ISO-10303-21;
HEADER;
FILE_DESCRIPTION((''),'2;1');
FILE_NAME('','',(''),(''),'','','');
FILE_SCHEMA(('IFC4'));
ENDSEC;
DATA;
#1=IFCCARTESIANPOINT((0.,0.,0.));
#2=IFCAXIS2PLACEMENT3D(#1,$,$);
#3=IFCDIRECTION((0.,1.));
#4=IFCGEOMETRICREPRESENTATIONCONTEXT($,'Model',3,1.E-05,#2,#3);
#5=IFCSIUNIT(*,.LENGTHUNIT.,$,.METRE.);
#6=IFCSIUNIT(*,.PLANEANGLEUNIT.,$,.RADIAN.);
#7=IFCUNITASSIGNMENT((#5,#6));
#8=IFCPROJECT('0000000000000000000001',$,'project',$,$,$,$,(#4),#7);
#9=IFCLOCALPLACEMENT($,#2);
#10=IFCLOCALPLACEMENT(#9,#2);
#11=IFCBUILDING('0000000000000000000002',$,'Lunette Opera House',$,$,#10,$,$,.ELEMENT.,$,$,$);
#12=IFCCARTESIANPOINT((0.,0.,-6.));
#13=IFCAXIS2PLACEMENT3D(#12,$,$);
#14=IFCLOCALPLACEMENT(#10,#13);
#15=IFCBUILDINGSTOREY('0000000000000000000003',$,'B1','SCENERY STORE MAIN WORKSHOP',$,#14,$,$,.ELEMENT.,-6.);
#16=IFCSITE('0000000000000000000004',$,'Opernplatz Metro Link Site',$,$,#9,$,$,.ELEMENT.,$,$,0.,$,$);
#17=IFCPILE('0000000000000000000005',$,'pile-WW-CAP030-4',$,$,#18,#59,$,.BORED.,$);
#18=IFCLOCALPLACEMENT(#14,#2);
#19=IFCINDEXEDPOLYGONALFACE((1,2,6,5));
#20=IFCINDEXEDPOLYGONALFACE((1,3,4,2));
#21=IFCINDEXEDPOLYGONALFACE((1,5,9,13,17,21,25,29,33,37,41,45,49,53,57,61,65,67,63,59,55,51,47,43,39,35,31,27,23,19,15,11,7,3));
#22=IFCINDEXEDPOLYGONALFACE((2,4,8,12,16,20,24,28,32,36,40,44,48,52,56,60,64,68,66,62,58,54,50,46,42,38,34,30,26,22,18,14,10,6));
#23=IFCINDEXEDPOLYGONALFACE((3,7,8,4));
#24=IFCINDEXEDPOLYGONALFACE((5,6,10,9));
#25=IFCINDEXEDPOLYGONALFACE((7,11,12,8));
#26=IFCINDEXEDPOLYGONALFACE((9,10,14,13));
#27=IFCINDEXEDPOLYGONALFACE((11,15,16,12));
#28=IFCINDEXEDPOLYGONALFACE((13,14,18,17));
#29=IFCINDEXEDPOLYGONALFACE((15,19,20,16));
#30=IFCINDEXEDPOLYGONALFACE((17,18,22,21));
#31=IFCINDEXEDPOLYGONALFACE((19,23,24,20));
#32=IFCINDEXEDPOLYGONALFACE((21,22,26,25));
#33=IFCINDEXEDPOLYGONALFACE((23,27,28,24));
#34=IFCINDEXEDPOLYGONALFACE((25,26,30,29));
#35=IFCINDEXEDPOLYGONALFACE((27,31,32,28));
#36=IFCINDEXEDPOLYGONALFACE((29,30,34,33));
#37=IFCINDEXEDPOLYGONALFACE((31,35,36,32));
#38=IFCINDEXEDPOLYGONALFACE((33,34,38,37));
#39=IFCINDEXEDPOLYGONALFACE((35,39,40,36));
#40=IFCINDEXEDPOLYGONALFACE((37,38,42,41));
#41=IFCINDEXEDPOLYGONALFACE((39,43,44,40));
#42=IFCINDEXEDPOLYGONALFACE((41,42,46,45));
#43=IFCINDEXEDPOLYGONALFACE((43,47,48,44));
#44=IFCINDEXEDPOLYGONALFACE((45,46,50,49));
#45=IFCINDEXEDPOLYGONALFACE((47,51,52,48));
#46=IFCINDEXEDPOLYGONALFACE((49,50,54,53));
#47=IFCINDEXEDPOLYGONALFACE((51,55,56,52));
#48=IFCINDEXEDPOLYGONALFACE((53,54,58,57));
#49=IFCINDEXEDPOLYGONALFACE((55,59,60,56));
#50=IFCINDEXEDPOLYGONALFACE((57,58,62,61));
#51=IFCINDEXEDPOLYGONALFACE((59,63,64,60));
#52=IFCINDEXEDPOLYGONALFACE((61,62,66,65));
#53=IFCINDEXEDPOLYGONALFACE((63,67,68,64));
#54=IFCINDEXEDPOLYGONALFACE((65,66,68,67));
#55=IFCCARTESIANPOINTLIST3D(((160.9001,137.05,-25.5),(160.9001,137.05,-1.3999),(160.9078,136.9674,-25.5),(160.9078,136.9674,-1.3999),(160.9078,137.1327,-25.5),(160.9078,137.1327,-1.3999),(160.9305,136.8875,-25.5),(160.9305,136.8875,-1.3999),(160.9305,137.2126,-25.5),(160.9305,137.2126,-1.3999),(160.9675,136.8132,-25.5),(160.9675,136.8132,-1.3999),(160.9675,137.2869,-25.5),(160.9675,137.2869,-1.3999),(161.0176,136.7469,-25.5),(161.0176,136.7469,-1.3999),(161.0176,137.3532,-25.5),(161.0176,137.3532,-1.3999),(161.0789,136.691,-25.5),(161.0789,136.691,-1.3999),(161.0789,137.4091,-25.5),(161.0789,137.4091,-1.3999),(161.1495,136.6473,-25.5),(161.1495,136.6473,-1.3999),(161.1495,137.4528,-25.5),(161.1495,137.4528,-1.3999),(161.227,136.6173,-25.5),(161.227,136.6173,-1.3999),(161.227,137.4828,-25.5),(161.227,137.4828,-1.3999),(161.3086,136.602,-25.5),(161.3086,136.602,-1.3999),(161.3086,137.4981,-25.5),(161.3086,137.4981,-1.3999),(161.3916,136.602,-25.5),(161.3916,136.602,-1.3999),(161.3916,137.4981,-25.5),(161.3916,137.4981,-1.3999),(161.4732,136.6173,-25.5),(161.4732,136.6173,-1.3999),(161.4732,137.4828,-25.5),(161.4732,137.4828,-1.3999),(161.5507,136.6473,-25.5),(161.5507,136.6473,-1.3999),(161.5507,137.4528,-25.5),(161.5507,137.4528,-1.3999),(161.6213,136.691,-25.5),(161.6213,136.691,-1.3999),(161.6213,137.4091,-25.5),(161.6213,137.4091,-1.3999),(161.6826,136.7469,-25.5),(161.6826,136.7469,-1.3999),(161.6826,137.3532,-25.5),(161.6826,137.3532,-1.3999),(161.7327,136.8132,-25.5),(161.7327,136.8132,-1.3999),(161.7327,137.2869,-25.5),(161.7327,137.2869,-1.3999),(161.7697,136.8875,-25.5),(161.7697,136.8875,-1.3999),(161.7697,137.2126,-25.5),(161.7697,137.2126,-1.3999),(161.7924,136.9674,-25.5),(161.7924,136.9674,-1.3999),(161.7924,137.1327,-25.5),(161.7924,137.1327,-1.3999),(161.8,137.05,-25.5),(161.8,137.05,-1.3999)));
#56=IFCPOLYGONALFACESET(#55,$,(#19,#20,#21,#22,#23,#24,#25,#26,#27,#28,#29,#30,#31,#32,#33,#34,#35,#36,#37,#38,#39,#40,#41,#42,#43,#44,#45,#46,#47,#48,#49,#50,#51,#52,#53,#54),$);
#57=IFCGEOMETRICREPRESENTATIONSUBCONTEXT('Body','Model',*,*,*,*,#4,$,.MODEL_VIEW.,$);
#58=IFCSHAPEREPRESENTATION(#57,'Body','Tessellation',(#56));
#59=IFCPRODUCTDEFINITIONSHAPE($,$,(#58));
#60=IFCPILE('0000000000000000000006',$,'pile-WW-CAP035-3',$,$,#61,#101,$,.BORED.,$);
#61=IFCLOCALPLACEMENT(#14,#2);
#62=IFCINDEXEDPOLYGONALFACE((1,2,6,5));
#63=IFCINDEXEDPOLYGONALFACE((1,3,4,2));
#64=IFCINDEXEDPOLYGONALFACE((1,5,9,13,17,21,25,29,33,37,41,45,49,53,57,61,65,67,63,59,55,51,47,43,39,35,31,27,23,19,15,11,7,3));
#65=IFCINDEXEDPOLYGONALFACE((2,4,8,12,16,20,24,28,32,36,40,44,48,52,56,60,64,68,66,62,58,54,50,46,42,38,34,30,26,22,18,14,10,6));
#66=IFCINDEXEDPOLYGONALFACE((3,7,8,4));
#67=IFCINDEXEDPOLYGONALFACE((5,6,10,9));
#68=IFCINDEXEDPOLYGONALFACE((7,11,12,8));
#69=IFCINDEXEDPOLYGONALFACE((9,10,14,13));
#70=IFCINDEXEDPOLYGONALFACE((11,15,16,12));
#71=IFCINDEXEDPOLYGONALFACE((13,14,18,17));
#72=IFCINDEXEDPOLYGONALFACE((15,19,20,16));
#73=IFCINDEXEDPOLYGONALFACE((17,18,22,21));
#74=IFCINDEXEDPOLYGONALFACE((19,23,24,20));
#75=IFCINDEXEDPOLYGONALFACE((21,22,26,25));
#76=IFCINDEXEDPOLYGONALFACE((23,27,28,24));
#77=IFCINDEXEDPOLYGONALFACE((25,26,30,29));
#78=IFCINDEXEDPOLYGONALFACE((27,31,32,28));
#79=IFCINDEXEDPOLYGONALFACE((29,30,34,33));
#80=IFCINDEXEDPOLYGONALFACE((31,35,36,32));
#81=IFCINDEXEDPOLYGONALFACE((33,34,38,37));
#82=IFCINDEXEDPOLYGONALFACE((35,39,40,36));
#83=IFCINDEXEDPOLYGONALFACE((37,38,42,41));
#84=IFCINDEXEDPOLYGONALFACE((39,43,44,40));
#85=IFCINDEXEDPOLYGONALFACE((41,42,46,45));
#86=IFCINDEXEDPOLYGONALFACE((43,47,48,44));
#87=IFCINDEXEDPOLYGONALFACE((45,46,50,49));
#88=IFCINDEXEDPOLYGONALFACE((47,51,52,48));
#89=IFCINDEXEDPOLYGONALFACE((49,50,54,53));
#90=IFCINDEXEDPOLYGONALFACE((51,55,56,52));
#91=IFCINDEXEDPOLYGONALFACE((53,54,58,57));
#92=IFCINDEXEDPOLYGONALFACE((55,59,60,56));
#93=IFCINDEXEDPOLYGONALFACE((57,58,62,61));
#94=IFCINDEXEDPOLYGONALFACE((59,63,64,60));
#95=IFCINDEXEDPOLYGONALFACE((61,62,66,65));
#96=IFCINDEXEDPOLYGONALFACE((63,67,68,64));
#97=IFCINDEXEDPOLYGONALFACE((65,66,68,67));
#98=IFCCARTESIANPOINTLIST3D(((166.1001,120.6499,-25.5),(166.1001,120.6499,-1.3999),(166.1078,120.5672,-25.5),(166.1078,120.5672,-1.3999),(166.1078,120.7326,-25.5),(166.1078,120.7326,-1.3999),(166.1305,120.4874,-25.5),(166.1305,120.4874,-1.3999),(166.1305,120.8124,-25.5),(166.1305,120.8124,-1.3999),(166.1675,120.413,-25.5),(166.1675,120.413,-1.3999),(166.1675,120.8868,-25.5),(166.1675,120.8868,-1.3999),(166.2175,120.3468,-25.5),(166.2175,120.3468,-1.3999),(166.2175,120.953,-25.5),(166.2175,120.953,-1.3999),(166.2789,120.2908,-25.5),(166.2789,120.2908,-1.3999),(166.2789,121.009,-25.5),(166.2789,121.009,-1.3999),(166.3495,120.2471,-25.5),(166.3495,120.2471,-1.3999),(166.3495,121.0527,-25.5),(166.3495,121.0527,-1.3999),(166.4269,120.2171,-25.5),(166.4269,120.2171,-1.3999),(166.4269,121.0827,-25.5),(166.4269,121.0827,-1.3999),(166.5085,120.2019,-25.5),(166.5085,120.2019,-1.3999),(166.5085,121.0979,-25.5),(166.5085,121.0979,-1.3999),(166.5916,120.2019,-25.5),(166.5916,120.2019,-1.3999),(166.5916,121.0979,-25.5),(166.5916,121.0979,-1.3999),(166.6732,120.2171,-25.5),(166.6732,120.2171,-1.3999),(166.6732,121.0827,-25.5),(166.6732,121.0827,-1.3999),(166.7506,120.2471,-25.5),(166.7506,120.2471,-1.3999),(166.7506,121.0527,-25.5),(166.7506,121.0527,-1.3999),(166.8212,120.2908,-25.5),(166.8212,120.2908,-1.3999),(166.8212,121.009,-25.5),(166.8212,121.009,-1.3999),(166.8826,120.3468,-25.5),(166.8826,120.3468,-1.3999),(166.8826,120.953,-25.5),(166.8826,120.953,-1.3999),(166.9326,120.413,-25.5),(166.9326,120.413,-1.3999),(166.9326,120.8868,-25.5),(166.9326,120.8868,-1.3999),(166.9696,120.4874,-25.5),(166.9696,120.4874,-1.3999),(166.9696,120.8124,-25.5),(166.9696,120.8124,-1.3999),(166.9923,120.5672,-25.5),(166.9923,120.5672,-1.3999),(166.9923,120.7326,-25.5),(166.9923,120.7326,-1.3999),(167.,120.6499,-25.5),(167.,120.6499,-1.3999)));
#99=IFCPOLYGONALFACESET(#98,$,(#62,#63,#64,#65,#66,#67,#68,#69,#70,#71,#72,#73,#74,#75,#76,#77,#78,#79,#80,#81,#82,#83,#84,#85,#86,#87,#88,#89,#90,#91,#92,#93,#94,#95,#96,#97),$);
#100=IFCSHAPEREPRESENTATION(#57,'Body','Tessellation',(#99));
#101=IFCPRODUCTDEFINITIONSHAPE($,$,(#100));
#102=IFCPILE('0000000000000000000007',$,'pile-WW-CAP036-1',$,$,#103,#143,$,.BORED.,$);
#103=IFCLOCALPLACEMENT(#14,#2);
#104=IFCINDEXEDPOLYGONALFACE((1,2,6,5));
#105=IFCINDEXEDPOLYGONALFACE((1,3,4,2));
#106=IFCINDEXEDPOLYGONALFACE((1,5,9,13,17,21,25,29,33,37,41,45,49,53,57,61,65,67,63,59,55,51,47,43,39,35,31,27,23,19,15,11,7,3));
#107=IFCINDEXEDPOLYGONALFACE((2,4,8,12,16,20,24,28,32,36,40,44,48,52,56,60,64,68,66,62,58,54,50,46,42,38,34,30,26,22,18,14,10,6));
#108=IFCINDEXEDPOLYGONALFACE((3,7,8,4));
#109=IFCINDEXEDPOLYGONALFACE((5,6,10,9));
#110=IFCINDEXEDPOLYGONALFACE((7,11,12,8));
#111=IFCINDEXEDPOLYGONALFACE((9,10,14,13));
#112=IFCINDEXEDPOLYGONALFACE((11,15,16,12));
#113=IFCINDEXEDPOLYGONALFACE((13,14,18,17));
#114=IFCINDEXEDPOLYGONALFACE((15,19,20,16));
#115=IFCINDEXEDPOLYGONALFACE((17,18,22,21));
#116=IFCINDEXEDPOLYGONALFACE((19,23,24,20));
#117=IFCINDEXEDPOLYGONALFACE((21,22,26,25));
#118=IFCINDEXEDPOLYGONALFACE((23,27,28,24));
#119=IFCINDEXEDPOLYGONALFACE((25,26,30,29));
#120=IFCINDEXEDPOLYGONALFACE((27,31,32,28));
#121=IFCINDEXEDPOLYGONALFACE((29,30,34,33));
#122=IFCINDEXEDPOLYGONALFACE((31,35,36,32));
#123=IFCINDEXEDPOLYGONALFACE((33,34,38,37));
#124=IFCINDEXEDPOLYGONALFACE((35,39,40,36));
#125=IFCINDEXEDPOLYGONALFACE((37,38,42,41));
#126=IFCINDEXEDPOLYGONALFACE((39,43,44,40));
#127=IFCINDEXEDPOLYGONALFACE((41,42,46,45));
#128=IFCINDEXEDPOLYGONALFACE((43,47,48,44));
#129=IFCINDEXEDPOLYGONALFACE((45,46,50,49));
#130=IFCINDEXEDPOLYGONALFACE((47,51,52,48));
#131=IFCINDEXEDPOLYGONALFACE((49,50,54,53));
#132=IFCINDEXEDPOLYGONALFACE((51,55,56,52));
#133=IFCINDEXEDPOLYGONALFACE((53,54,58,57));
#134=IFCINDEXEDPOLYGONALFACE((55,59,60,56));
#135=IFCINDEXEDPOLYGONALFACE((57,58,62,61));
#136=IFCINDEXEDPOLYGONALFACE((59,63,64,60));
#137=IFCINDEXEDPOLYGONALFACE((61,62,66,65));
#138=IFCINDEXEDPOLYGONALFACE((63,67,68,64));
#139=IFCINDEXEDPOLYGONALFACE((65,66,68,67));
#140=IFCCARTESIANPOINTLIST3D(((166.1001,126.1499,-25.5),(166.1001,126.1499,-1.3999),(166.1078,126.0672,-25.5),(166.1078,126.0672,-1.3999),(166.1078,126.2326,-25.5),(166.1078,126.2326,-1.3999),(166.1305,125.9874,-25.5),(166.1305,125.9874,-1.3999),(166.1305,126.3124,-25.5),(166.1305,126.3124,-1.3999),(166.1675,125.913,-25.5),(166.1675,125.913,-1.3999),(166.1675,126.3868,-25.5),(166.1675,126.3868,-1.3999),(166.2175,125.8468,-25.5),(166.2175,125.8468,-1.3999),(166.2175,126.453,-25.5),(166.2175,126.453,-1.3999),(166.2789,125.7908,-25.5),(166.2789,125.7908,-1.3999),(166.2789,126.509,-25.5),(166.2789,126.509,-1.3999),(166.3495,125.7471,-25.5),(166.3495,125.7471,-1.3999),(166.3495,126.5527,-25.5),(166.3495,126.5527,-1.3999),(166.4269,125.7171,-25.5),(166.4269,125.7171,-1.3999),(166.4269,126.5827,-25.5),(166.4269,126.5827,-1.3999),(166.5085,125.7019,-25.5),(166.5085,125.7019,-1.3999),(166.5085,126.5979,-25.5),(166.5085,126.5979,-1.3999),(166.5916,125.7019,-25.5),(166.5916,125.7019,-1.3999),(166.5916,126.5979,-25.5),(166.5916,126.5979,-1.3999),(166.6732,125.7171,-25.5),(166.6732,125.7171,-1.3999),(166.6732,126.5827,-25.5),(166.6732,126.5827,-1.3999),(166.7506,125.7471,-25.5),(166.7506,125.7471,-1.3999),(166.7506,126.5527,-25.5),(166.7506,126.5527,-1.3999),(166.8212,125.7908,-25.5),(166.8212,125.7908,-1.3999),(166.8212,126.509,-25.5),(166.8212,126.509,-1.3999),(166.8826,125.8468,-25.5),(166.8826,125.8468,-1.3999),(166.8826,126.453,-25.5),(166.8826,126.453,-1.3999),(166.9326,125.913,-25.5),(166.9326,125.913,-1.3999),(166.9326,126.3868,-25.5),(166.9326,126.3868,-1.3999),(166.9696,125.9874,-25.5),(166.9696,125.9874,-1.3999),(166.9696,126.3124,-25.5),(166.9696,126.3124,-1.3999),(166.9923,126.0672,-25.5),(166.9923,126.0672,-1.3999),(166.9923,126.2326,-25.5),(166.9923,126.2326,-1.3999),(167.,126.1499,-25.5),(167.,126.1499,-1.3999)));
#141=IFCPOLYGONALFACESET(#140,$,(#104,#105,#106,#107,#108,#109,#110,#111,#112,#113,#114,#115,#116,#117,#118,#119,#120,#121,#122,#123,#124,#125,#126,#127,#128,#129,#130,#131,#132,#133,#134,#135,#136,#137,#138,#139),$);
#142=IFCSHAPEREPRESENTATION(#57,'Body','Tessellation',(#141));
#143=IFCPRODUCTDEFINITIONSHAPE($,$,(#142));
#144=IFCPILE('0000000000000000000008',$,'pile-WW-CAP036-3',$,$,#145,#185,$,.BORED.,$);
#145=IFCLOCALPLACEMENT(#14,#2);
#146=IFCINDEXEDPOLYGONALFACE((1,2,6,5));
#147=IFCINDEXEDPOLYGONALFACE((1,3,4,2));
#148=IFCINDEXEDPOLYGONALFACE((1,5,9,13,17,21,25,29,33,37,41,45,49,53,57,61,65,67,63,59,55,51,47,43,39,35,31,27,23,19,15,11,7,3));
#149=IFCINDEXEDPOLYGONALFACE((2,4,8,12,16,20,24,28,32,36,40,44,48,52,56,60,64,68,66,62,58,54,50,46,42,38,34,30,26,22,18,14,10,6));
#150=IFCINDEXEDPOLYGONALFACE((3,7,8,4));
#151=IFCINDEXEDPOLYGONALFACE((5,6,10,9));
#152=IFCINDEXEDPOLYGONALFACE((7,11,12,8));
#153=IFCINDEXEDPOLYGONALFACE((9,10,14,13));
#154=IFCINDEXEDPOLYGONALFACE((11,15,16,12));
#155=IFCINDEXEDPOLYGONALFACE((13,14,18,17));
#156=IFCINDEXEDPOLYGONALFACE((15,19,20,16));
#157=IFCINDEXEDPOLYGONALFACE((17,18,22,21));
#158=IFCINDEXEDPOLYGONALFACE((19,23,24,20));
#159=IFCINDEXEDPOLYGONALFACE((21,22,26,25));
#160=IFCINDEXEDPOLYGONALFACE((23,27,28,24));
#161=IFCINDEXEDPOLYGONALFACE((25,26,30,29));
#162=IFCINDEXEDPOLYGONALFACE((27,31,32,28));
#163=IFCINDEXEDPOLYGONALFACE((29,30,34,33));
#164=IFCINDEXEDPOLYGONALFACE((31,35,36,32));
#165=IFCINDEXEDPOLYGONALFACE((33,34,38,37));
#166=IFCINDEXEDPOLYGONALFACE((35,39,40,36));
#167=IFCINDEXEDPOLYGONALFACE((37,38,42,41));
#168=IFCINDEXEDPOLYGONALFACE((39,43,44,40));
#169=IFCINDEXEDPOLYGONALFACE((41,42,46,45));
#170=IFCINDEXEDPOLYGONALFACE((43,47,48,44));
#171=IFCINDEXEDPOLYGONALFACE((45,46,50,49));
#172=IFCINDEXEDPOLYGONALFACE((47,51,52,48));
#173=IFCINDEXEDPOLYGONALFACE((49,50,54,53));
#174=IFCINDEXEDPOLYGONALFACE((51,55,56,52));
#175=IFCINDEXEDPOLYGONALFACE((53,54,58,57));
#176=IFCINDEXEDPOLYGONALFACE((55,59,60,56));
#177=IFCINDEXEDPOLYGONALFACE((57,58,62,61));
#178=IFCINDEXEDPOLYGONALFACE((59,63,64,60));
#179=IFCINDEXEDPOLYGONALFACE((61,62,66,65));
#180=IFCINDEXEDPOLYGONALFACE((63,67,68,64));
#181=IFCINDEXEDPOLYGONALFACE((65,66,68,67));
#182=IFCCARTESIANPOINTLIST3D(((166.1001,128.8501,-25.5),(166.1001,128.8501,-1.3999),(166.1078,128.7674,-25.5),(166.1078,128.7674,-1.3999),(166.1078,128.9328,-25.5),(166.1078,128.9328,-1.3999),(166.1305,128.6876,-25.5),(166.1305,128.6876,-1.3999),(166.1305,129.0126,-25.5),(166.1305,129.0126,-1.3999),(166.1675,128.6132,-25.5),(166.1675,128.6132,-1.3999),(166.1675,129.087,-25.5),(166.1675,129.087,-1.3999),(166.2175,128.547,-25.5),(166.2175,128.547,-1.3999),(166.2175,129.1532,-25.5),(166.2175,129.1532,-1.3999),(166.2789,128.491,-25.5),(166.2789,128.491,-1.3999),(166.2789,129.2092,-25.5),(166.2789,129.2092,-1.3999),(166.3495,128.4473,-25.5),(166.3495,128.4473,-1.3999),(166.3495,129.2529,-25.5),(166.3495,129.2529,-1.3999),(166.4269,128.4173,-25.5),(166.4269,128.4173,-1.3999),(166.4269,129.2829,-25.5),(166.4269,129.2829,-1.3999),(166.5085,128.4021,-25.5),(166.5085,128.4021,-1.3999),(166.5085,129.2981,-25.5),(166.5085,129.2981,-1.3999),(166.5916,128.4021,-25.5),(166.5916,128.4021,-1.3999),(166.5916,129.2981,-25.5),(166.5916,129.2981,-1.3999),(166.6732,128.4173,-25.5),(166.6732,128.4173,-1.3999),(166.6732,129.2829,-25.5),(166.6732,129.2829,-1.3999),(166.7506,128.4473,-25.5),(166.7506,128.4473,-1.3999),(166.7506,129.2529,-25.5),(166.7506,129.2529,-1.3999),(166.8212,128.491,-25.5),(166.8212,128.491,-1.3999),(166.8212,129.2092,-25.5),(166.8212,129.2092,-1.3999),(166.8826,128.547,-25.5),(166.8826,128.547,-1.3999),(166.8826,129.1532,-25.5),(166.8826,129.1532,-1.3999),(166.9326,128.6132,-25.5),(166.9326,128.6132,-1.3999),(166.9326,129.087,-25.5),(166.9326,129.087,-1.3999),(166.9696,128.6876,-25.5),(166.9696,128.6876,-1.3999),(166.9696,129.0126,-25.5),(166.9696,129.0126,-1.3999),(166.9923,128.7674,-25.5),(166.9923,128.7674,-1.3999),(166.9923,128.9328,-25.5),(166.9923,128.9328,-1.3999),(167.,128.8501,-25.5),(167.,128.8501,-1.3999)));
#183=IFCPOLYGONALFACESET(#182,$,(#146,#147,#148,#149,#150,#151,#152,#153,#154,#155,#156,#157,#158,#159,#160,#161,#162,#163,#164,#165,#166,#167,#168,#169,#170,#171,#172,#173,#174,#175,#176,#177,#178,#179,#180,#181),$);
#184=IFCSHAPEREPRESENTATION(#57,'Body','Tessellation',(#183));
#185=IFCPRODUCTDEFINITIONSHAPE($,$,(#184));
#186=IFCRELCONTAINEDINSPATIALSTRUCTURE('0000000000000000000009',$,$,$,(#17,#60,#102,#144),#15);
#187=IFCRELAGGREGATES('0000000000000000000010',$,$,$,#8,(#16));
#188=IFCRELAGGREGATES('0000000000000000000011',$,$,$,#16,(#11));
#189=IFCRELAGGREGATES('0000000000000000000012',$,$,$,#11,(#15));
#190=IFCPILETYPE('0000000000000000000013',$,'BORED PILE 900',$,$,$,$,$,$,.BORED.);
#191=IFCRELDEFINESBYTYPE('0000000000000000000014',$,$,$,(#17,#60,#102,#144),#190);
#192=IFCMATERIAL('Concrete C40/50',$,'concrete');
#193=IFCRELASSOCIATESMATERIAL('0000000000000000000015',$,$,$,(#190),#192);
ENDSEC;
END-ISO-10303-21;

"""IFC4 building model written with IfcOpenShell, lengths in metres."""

from ifc_helpers import new_model, si_unit, direction, frame, origin, origin_2d, place, context, subcontext, project, spatial, circle, extrude, material, material_profile, profile_set, type_object, element, save


model = new_model("IFC4")

# Units and contexts
model_context = context("Model", 3, precision=1e-05, world=origin(), true_north=direction((0.0, 1.0)))
body_context = subcontext(model_context, "Body", "Model", "MODEL_VIEW")
ifc_project = project(units=[si_unit("LENGTHUNIT", "METRE"), si_unit("PLANEANGLEUNIT", "RADIAN")], contexts=[model_context])

# Site, building, storey
site_placement = place(None, origin())
site = spatial("IfcSite", under=ifc_project, at=site_placement, Name="Opernplatz Metro Link Site", CompositionType="ELEMENT", RefElevation=0.0)
building_placement = place(site_placement, origin())
building = spatial("IfcBuilding", under=site, at=building_placement, Name="Lunette Opera House", CompositionType="ELEMENT")
storey_placement = place(building_placement, frame((0.0, 0.0, -6.0)))
storey = spatial("IfcBuildingStorey", under=building, at=storey_placement, Name="B1", Description="SCENERY STORE MAIN WORKSHOP", CompositionType="ELEMENT", Elevation=-6.0)

# Piles
ifc_material_1 = material(Name="Concrete C40/50", Category="concrete")
ifc_material_profile_1 = material_profile(ifc_material_1, circle(Radius=0.45, at=origin_2d()), Name="BORED PILE 900")
ifc_profile_set_1 = profile_set([ifc_material_profile_1], Name="Concrete C40/50")
pile_type = type_object("IfcPileType", Name="BORED PILE 900", PredefinedType="BORED", material=ifc_profile_set_1)
for number, where, z_axis, x_axis, name in (
    (1, (161.3501, 137.05, -1.3999), (0.0, 0.0, -1.0), (1.0, 0.0, 0.0), "pile-WW-CAP030-4"),
    (2, (166.55, 120.6499, -1.3999), (0.0, 0.0, -1.0), (1.0, 0.0, 0.0), "pile-WW-CAP035-3"),
    (3, (166.55, 126.1499, -1.3999), (0.0, 0.0, -1.0), (1.0, 0.0, 0.0), "pile-WW-CAP036-1"),
    (4, (166.55, 128.8501, -1.3999), (0.0, 0.0, -1.0), (1.0, 0.0, 0.0), "pile-WW-CAP036-3"),
):
    element("IfcPile", number, at=place(storey_placement, frame(where, z_axis=z_axis, x_axis=x_axis)), inside=storey, type_object=pile_type, Name=name, PredefinedType="BORED", context=body_context, shape_type="SweptSolid", body=[
        extrude(circle(Radius=0.45, at=origin_2d()), origin(), (0.0, 0.0, 1.0), 24.1001),
    ])

save(model, "model.ifc")
